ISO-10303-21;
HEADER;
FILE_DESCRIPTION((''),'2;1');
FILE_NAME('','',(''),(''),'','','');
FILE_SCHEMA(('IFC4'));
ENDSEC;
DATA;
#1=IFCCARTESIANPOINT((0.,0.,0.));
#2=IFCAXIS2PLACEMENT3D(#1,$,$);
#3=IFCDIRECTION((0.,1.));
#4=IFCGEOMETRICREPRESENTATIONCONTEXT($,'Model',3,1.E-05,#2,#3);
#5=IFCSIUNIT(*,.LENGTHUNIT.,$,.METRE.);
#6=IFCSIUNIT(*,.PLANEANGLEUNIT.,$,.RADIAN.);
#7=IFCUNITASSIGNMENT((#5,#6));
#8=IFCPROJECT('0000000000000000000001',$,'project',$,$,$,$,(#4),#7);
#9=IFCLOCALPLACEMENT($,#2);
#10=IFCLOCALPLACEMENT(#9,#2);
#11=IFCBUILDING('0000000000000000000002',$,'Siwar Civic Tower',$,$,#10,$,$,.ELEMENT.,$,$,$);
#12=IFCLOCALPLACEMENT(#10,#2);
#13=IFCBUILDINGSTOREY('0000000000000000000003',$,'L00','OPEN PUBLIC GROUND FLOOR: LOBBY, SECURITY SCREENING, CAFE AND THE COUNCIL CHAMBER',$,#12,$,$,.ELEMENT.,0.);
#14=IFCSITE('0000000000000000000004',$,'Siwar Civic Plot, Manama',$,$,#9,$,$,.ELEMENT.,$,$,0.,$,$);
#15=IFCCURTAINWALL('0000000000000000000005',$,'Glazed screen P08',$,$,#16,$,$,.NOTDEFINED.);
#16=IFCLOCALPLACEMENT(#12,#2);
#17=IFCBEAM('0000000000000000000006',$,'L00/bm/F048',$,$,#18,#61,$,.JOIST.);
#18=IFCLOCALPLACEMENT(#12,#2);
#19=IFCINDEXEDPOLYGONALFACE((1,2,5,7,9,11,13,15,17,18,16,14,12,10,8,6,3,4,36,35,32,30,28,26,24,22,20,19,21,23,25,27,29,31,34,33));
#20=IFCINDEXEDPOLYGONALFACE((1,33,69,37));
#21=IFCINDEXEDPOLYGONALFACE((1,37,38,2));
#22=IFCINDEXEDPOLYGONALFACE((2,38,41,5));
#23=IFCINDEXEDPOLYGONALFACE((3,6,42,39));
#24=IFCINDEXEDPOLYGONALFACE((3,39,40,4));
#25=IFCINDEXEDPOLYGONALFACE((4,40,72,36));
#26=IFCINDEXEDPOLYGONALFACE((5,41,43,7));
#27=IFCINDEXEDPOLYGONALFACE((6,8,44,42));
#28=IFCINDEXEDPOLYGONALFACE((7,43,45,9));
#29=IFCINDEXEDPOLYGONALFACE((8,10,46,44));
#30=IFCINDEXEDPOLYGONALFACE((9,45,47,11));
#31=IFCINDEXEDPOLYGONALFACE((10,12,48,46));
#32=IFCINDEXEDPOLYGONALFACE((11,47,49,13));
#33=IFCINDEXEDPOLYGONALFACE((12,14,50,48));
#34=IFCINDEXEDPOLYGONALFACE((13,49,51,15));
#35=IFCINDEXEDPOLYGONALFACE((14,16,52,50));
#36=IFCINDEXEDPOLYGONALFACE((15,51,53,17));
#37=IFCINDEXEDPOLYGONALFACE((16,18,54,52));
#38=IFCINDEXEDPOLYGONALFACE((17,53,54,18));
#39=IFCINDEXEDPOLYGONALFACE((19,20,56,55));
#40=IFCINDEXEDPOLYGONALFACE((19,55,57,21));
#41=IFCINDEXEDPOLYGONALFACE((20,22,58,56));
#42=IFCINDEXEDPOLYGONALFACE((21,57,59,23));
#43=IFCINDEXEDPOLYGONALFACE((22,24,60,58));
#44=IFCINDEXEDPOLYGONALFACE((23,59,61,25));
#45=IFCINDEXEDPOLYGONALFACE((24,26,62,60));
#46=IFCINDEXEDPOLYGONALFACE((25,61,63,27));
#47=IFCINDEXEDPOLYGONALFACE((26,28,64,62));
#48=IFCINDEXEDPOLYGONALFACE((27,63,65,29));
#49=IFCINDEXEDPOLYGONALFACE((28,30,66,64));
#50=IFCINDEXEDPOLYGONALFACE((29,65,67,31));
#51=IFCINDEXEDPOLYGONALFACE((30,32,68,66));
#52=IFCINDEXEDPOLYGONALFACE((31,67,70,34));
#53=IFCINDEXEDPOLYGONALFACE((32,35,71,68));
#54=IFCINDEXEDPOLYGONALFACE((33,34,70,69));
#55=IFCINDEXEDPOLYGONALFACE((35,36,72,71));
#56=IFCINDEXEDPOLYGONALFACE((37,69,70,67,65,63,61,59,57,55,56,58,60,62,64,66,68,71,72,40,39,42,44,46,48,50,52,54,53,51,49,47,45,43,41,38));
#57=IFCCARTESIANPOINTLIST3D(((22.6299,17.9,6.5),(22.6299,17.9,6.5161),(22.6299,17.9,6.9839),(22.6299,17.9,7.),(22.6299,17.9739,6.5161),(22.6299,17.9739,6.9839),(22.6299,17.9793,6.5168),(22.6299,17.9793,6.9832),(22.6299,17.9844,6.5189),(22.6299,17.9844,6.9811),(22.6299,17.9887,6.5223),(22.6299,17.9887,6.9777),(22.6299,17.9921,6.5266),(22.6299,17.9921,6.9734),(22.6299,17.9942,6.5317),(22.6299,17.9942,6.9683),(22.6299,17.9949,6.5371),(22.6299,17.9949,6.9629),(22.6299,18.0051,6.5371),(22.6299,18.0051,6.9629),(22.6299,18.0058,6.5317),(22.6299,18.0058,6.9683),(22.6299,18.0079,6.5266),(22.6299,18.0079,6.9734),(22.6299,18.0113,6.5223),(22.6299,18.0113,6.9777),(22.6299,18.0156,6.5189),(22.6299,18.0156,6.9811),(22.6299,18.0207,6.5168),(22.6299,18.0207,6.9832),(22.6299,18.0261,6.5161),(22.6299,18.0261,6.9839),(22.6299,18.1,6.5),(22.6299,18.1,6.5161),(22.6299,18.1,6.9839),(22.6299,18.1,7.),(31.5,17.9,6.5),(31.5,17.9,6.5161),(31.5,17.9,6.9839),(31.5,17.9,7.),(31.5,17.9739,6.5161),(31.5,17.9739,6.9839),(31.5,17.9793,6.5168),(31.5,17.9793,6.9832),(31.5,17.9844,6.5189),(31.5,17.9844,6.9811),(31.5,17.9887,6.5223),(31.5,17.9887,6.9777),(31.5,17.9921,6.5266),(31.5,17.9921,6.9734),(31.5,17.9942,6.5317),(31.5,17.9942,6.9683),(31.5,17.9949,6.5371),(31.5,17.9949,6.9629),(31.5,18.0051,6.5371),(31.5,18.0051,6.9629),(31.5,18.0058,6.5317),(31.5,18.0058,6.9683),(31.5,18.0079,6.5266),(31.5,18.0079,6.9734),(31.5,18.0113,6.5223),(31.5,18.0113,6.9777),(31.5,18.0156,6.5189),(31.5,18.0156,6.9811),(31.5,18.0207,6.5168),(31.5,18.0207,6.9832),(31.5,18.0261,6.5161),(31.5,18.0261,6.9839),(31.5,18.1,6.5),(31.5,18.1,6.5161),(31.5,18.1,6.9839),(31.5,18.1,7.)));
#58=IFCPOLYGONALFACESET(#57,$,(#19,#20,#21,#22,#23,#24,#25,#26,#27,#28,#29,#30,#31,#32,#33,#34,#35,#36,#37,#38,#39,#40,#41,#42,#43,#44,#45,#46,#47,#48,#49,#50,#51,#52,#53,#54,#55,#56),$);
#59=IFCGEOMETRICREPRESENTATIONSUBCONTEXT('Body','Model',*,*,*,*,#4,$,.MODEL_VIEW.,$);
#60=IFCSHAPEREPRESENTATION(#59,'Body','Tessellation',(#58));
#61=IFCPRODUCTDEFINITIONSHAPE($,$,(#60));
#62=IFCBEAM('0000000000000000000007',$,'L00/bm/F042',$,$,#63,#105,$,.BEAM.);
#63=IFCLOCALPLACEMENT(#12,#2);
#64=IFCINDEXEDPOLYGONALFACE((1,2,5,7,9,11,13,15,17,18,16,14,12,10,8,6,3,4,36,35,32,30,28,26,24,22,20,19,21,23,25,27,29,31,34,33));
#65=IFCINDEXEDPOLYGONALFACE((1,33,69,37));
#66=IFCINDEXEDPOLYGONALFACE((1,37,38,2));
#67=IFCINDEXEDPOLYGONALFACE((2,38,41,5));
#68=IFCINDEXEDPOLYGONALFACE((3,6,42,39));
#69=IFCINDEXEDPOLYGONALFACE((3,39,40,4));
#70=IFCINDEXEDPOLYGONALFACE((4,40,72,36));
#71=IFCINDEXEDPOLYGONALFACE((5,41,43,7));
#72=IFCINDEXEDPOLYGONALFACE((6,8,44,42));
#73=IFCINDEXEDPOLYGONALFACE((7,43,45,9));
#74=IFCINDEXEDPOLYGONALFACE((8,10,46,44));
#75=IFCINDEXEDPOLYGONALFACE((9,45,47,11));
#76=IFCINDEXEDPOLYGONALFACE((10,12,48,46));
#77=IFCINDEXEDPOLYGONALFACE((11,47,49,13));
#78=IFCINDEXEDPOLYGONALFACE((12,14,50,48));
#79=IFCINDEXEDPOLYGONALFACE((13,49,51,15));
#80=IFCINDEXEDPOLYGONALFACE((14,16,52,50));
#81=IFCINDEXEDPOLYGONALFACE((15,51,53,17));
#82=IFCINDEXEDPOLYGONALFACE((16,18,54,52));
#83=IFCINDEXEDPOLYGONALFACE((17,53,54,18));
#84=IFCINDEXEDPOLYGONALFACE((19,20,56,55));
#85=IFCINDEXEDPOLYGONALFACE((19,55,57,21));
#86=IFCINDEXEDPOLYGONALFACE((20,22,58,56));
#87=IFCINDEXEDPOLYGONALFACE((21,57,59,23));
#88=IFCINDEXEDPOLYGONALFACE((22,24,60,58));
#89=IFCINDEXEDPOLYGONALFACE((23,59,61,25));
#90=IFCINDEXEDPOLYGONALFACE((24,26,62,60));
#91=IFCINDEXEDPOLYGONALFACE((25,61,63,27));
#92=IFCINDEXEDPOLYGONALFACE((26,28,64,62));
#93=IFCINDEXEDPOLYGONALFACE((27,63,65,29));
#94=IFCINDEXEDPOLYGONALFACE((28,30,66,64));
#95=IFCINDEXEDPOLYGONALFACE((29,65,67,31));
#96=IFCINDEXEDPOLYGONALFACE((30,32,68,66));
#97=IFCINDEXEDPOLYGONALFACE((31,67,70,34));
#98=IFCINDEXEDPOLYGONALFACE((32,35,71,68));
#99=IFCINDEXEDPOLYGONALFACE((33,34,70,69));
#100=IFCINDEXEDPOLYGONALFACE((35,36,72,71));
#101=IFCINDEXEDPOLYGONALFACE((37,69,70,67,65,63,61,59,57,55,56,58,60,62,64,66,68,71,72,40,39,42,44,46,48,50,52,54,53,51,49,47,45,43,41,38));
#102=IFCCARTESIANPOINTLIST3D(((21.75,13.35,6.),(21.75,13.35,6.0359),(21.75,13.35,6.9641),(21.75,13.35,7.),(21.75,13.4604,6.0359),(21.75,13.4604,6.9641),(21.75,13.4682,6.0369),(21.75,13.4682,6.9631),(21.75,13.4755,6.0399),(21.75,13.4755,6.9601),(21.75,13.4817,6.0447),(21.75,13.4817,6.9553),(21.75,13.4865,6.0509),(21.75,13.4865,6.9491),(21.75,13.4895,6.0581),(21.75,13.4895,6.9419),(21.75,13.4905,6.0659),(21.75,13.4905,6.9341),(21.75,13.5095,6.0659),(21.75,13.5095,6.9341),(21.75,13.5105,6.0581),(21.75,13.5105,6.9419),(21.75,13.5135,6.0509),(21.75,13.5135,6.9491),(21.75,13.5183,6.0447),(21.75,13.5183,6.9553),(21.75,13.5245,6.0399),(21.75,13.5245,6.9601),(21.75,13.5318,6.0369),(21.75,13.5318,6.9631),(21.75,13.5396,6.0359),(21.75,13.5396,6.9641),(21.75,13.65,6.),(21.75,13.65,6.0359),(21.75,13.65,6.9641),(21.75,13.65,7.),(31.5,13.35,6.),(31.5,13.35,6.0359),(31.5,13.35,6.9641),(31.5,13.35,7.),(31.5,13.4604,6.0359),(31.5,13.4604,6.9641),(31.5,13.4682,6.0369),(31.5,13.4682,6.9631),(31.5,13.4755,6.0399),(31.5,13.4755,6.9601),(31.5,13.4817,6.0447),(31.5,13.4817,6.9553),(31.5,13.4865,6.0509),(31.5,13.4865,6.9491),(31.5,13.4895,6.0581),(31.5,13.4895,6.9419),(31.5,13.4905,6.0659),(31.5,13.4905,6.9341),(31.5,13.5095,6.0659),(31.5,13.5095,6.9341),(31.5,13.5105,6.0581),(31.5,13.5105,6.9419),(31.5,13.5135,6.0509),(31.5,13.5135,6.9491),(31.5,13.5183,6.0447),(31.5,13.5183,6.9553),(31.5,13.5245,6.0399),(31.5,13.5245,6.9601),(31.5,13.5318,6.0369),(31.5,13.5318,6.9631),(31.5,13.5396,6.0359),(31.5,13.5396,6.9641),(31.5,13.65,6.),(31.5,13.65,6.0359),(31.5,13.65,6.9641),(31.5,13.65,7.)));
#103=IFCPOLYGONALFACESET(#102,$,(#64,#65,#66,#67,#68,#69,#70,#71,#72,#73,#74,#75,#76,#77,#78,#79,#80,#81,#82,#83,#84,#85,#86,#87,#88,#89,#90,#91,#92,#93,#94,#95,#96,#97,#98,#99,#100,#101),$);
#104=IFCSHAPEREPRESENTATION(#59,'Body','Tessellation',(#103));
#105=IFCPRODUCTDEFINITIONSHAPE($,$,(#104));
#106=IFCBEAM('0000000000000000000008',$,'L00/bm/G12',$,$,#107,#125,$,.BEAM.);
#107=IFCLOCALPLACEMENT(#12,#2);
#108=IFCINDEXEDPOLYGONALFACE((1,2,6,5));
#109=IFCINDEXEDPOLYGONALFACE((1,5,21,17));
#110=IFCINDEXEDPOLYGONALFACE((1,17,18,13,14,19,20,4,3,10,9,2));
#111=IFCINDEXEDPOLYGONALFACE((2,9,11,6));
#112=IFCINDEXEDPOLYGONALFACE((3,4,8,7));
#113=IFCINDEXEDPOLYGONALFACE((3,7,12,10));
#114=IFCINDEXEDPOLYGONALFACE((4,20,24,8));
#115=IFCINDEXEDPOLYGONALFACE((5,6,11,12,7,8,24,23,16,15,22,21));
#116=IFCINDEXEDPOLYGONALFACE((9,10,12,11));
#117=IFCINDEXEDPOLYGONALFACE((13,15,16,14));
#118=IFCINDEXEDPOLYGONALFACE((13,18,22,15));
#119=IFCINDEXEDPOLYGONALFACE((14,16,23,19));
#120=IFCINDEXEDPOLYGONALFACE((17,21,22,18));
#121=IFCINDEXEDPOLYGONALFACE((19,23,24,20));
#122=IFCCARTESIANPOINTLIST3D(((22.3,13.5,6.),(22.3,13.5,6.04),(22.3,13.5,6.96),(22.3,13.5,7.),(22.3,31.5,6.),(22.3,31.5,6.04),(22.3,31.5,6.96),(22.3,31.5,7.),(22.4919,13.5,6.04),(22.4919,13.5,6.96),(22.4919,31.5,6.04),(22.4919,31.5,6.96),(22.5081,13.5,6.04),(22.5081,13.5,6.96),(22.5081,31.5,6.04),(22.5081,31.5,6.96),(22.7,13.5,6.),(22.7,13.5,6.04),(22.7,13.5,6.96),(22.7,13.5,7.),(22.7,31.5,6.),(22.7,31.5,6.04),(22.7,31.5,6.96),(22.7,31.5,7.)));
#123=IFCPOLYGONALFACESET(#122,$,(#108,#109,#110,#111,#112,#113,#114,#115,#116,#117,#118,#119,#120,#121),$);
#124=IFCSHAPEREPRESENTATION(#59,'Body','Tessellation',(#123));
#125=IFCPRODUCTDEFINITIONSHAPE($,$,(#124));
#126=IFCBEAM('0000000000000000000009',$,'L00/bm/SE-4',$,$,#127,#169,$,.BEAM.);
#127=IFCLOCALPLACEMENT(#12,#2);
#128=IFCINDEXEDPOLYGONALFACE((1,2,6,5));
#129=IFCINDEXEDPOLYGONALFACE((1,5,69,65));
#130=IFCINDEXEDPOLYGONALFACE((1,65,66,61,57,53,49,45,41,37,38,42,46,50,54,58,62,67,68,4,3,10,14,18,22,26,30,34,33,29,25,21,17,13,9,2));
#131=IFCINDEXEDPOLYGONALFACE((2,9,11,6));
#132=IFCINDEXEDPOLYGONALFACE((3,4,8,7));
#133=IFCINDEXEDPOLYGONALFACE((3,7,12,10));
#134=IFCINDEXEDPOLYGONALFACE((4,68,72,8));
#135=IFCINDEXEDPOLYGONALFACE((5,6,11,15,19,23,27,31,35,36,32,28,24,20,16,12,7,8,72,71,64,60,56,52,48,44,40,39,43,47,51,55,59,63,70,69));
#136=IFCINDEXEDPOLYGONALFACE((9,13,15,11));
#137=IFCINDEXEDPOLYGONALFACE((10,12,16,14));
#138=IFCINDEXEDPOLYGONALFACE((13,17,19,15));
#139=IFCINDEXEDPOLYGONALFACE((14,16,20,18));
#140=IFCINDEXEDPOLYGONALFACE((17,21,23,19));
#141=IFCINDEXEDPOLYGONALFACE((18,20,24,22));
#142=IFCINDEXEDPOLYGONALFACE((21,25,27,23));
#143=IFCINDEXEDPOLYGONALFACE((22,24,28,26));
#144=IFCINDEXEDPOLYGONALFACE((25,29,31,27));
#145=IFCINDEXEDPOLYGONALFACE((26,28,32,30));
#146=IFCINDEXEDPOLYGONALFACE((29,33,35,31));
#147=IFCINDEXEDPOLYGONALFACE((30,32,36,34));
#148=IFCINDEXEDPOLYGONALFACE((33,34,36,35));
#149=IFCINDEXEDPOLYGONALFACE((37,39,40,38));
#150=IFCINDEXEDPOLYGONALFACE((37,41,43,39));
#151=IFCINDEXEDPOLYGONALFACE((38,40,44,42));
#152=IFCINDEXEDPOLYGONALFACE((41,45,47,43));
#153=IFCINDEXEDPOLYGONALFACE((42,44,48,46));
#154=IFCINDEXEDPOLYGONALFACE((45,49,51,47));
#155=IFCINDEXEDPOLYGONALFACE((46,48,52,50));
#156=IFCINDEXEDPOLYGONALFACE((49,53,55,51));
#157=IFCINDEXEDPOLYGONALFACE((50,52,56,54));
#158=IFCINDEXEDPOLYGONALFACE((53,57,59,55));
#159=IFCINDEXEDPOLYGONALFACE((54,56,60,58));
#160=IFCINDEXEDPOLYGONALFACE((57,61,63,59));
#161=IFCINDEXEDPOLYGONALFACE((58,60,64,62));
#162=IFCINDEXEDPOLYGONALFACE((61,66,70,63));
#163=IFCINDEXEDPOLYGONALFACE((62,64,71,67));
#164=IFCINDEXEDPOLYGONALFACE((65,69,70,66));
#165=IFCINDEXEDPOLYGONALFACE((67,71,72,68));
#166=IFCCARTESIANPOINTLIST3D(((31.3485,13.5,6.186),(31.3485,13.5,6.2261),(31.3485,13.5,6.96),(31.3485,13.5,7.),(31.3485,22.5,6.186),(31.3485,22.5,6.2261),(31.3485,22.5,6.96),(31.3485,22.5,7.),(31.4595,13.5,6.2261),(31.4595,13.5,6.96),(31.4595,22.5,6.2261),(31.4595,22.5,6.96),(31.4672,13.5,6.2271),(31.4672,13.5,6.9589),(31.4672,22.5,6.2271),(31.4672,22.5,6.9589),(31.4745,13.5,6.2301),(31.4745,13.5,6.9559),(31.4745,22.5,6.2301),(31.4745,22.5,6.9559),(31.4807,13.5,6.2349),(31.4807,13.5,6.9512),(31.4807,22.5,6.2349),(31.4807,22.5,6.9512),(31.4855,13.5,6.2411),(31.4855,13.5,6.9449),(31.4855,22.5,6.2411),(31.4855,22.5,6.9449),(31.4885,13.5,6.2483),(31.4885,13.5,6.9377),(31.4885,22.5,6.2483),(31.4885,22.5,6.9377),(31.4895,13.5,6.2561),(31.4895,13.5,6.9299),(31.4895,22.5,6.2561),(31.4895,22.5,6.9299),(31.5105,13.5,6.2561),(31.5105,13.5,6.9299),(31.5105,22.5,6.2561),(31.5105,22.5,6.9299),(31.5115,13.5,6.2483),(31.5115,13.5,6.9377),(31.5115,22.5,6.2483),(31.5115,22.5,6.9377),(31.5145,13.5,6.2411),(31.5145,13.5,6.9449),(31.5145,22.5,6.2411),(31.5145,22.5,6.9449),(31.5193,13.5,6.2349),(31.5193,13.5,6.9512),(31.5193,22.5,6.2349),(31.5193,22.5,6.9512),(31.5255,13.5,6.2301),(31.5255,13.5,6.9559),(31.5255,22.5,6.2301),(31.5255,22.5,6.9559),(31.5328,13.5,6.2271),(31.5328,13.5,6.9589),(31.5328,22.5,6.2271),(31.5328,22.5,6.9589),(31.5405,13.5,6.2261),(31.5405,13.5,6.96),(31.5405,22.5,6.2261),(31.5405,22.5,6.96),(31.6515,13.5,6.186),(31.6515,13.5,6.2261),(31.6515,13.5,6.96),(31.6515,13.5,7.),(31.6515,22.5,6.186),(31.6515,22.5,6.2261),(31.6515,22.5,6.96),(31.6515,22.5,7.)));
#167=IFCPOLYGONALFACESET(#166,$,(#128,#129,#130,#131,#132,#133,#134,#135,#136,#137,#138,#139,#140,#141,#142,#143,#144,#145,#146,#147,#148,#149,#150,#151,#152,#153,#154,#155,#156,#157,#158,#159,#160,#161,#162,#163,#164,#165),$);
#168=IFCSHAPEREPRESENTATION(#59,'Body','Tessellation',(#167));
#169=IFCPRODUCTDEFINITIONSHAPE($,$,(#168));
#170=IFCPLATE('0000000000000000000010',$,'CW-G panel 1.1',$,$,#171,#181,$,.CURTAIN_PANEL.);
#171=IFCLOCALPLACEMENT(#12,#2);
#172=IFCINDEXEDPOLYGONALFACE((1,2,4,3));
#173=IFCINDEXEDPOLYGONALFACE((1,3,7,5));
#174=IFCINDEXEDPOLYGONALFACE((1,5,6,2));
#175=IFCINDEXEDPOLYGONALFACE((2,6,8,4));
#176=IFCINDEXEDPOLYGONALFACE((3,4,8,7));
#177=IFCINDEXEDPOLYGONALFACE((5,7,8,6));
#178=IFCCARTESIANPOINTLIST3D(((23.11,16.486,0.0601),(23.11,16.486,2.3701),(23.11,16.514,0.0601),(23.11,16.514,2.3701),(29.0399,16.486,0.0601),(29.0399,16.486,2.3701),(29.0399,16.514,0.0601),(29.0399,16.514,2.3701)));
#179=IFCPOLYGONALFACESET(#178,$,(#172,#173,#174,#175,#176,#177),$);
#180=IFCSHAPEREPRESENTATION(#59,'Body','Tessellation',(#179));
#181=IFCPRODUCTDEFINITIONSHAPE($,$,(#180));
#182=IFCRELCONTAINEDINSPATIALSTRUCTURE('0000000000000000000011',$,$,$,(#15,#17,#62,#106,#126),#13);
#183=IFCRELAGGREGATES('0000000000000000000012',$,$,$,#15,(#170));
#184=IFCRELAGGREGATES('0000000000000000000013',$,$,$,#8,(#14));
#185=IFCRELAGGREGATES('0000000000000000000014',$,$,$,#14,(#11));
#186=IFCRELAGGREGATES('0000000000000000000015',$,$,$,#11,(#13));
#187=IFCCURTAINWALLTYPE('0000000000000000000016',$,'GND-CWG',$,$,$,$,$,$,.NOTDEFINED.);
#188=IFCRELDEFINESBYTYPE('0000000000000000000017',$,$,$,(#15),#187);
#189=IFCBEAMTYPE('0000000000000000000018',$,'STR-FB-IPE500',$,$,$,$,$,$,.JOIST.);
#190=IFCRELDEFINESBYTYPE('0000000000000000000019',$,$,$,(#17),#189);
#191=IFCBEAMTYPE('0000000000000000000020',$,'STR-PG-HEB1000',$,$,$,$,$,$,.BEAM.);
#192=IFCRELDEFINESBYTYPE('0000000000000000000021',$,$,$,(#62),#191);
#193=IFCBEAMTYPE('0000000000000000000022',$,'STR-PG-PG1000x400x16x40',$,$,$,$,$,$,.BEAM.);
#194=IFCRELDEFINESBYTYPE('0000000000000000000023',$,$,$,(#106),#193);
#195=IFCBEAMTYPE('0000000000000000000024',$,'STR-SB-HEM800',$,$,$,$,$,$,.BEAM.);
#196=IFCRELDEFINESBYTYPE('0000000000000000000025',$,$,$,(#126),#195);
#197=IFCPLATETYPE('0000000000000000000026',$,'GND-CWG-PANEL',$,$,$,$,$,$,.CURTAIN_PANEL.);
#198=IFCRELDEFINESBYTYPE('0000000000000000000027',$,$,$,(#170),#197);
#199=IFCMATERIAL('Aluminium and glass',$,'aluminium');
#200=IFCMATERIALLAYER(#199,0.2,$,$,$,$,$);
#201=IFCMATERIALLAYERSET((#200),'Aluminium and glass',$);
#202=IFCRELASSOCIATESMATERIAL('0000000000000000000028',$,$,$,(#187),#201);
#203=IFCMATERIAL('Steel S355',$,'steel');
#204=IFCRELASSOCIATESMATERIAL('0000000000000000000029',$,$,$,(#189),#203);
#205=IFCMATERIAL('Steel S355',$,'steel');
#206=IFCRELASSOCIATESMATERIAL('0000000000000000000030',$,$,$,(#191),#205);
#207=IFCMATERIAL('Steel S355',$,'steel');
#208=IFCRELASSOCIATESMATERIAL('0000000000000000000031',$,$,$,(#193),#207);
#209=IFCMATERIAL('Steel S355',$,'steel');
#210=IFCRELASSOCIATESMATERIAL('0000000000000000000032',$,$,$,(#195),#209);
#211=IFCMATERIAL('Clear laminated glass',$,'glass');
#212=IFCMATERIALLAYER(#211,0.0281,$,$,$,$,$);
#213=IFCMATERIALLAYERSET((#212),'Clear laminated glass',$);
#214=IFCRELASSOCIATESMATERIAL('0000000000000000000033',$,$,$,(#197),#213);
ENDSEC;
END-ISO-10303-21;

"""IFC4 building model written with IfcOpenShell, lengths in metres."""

from ifc_helpers import new_model, si_unit, direction, frame, origin, origin_2d, place, context, subcontext, project, spatial, rectangle, i_section, extrude, material, layer, layer_set, material_profile, profile_set, type_object, element, aggregate, save


model = new_model("IFC4")

# Units and contexts
model_context = context("Model", 3, precision=1e-05, world=origin(), true_north=direction((0.0, 1.0)))
body_context = subcontext(model_context, "Body", "Model", "MODEL_VIEW")
ifc_project = project(units=[si_unit("LENGTHUNIT", "METRE"), si_unit("PLANEANGLEUNIT", "RADIAN")], contexts=[model_context])

# Site, building, storey
site_placement = place(None, origin())
site = spatial("IfcSite", under=ifc_project, at=site_placement, Name="Siwar Civic Plot, Manama", CompositionType="ELEMENT", RefElevation=0.0)
building_placement = place(site_placement, origin())
building = spatial("IfcBuilding", under=site, at=building_placement, Name="Siwar Civic Tower", CompositionType="ELEMENT")
storey_placement = place(building_placement, origin())
storey = spatial("IfcBuildingStorey", under=building, at=storey_placement, Name="L00", Description="OPEN PUBLIC GROUND FLOOR: LOBBY, SECURITY SCREENING, CAFE AND THE COUNCIL CHAMBER", CompositionType="ELEMENT", Elevation=0.0)

# Curtain wall
ifc_material_1 = material(Name="Aluminium and glass", Category="aluminium")
ifc_layer_1 = layer(ifc_material_1, 0.2)
ifc_layer_set_1 = layer_set([ifc_layer_1], Name="Aluminium and glass")
curtain_wall_type = type_object("IfcCurtainWallType", Name="GND-CWG", PredefinedType="NOTDEFINED", material=ifc_layer_set_1)
curtain_wall_1_placement = place(storey_placement, origin())
curtain_wall_1 = element("IfcCurtainWall", 1, at=curtain_wall_1_placement, inside=storey, type_object=curtain_wall_type, Name="Glazed screen P08", PredefinedType="NOTDEFINED")

# Beams
ifc_material_2 = material(Name="Steel S355", Category="steel")
ifc_material_profile_1 = material_profile(ifc_material_2, i_section(OverallWidth=0.2, OverallDepth=0.5, WebThickness=0.0103, FlangeThickness=0.0161, FilletRadius=0.021, at=origin_2d()), Name="IPE500")
ifc_profile_set_1 = profile_set([ifc_material_profile_1], Name="Steel S355")
beam_type_1 = type_object("IfcBeamType", Name="STR-FB-IPE500", PredefinedType="JOIST", material=ifc_profile_set_1)
beam_1_placement = place(storey_placement, frame((22.6299, 18.0, 6.75), z_axis=(1.0, 0.0, 0.0), x_axis=(0.0, 1.0, 0.0)))
element("IfcBeam", 2, at=beam_1_placement, inside=storey, type_object=beam_type_1, Name="L00/bm/F048", PredefinedType="JOIST", context=body_context, shape_type="SweptSolid", body=[
    extrude(i_section(OverallWidth=0.2, OverallDepth=0.5, WebThickness=0.0103, FlangeThickness=0.0161, FilletRadius=0.021, at=origin_2d()), origin(), (0.0, 0.0, 1.0), 8.8701),
])
ifc_material_3 = material(Name="Steel S355", Category="steel")
ifc_material_profile_2 = material_profile(ifc_material_3, i_section(OverallWidth=0.3, OverallDepth=1.0, WebThickness=0.019, FlangeThickness=0.0359, FilletRadius=0.03, at=origin_2d()), Name="HEB1000")
ifc_profile_set_2 = profile_set([ifc_material_profile_2], Name="Steel S355")
beam_type_2 = type_object("IfcBeamType", Name="STR-PG-HEB1000", PredefinedType="BEAM", material=ifc_profile_set_2)
beam_2_placement = place(storey_placement, frame((21.75, 13.5, 6.5), z_axis=(1.0, 0.0, 0.0), x_axis=(0.0, 1.0, 0.0)))
element("IfcBeam", 3, at=beam_2_placement, inside=storey, type_object=beam_type_2, Name="L00/bm/F042", PredefinedType="BEAM", context=body_context, shape_type="SweptSolid", body=[
    extrude(i_section(OverallWidth=0.3, OverallDepth=1.0, WebThickness=0.019, FlangeThickness=0.0359, FilletRadius=0.03, at=origin_2d()), origin(), (0.0, 0.0, 1.0), 9.75),
])
ifc_material_4 = material(Name="Steel S355", Category="steel")
ifc_material_profile_3 = material_profile(ifc_material_4, i_section(OverallWidth=0.3999, OverallDepth=1.0, WebThickness=0.0161, FlangeThickness=0.04, at=origin_2d()), Name="PG1000x400x16x40")
ifc_profile_set_3 = profile_set([ifc_material_profile_3], Name="Steel S355")
beam_type_3 = type_object("IfcBeamType", Name="STR-PG-PG1000x400x16x40", PredefinedType="BEAM", material=ifc_profile_set_3)
beam_3_placement = place(storey_placement, frame((22.5, 13.5, 6.5), z_axis=(0.0, 1.0, 0.0), x_axis=(-1.0, 0.0, 0.0)))
element("IfcBeam", 4, at=beam_3_placement, inside=storey, type_object=beam_type_3, Name="L00/bm/G12", PredefinedType="BEAM", context=body_context, shape_type="SweptSolid", body=[
    extrude(i_section(OverallWidth=0.3999, OverallDepth=1.0, WebThickness=0.0161, FlangeThickness=0.04, at=origin_2d()), origin(), (0.0, 0.0, 1.0), 18.0),
])
ifc_material_5 = material(Name="Steel S355", Category="steel")
ifc_material_profile_4 = material_profile(ifc_material_5, i_section(OverallWidth=0.303, OverallDepth=0.814, WebThickness=0.021, FlangeThickness=0.04, FilletRadius=0.03, at=origin_2d()), Name="HEM800")
ifc_profile_set_4 = profile_set([ifc_material_profile_4], Name="Steel S355")
beam_type_4 = type_object("IfcBeamType", Name="STR-SB-HEM800", PredefinedType="BEAM", material=ifc_profile_set_4)
beam_4_placement = place(storey_placement, frame((31.5, 13.5, 6.593), z_axis=(0.0, 1.0, 0.0), x_axis=(-1.0, 0.0, 0.0)))
element("IfcBeam", 5, at=beam_4_placement, inside=storey, type_object=beam_type_4, Name="L00/bm/SE-4", PredefinedType="BEAM", context=body_context, shape_type="SweptSolid", body=[
    extrude(i_section(OverallWidth=0.303, OverallDepth=0.814, WebThickness=0.021, FlangeThickness=0.04, FilletRadius=0.03, at=origin_2d()), origin(), (0.0, 0.0, 1.0), 9.0),
])

# Plate
ifc_material_6 = material(Name="Clear laminated glass", Category="glass")
ifc_layer_2 = layer(ifc_material_6, 0.0281)
ifc_layer_set_2 = layer_set([ifc_layer_2], Name="Clear laminated glass")
plate_type = type_object("IfcPlateType", Name="GND-CWG-PANEL", PredefinedType="CURTAIN_PANEL", material=ifc_layer_set_2)
plate_1_placement = place(storey_placement, frame((26.075, 16.5, 0.0601), z_axis=(0.0, 0.0, 1.0), x_axis=(1.0, 0.0, 0.0)))
plate_1 = element("IfcPlate", 6, at=plate_1_placement, type_object=plate_type, Name="CW-G panel 1.1", PredefinedType="CURTAIN_PANEL", context=body_context, shape_type="SweptSolid", body=[
    extrude(rectangle(XDim=5.9299, YDim=0.0281, at=origin_2d()), origin(), (0.0, 0.0, 1.0), 2.3101),
])
aggregate(curtain_wall_1, [plate_1])

save(model, "model.ifc")
